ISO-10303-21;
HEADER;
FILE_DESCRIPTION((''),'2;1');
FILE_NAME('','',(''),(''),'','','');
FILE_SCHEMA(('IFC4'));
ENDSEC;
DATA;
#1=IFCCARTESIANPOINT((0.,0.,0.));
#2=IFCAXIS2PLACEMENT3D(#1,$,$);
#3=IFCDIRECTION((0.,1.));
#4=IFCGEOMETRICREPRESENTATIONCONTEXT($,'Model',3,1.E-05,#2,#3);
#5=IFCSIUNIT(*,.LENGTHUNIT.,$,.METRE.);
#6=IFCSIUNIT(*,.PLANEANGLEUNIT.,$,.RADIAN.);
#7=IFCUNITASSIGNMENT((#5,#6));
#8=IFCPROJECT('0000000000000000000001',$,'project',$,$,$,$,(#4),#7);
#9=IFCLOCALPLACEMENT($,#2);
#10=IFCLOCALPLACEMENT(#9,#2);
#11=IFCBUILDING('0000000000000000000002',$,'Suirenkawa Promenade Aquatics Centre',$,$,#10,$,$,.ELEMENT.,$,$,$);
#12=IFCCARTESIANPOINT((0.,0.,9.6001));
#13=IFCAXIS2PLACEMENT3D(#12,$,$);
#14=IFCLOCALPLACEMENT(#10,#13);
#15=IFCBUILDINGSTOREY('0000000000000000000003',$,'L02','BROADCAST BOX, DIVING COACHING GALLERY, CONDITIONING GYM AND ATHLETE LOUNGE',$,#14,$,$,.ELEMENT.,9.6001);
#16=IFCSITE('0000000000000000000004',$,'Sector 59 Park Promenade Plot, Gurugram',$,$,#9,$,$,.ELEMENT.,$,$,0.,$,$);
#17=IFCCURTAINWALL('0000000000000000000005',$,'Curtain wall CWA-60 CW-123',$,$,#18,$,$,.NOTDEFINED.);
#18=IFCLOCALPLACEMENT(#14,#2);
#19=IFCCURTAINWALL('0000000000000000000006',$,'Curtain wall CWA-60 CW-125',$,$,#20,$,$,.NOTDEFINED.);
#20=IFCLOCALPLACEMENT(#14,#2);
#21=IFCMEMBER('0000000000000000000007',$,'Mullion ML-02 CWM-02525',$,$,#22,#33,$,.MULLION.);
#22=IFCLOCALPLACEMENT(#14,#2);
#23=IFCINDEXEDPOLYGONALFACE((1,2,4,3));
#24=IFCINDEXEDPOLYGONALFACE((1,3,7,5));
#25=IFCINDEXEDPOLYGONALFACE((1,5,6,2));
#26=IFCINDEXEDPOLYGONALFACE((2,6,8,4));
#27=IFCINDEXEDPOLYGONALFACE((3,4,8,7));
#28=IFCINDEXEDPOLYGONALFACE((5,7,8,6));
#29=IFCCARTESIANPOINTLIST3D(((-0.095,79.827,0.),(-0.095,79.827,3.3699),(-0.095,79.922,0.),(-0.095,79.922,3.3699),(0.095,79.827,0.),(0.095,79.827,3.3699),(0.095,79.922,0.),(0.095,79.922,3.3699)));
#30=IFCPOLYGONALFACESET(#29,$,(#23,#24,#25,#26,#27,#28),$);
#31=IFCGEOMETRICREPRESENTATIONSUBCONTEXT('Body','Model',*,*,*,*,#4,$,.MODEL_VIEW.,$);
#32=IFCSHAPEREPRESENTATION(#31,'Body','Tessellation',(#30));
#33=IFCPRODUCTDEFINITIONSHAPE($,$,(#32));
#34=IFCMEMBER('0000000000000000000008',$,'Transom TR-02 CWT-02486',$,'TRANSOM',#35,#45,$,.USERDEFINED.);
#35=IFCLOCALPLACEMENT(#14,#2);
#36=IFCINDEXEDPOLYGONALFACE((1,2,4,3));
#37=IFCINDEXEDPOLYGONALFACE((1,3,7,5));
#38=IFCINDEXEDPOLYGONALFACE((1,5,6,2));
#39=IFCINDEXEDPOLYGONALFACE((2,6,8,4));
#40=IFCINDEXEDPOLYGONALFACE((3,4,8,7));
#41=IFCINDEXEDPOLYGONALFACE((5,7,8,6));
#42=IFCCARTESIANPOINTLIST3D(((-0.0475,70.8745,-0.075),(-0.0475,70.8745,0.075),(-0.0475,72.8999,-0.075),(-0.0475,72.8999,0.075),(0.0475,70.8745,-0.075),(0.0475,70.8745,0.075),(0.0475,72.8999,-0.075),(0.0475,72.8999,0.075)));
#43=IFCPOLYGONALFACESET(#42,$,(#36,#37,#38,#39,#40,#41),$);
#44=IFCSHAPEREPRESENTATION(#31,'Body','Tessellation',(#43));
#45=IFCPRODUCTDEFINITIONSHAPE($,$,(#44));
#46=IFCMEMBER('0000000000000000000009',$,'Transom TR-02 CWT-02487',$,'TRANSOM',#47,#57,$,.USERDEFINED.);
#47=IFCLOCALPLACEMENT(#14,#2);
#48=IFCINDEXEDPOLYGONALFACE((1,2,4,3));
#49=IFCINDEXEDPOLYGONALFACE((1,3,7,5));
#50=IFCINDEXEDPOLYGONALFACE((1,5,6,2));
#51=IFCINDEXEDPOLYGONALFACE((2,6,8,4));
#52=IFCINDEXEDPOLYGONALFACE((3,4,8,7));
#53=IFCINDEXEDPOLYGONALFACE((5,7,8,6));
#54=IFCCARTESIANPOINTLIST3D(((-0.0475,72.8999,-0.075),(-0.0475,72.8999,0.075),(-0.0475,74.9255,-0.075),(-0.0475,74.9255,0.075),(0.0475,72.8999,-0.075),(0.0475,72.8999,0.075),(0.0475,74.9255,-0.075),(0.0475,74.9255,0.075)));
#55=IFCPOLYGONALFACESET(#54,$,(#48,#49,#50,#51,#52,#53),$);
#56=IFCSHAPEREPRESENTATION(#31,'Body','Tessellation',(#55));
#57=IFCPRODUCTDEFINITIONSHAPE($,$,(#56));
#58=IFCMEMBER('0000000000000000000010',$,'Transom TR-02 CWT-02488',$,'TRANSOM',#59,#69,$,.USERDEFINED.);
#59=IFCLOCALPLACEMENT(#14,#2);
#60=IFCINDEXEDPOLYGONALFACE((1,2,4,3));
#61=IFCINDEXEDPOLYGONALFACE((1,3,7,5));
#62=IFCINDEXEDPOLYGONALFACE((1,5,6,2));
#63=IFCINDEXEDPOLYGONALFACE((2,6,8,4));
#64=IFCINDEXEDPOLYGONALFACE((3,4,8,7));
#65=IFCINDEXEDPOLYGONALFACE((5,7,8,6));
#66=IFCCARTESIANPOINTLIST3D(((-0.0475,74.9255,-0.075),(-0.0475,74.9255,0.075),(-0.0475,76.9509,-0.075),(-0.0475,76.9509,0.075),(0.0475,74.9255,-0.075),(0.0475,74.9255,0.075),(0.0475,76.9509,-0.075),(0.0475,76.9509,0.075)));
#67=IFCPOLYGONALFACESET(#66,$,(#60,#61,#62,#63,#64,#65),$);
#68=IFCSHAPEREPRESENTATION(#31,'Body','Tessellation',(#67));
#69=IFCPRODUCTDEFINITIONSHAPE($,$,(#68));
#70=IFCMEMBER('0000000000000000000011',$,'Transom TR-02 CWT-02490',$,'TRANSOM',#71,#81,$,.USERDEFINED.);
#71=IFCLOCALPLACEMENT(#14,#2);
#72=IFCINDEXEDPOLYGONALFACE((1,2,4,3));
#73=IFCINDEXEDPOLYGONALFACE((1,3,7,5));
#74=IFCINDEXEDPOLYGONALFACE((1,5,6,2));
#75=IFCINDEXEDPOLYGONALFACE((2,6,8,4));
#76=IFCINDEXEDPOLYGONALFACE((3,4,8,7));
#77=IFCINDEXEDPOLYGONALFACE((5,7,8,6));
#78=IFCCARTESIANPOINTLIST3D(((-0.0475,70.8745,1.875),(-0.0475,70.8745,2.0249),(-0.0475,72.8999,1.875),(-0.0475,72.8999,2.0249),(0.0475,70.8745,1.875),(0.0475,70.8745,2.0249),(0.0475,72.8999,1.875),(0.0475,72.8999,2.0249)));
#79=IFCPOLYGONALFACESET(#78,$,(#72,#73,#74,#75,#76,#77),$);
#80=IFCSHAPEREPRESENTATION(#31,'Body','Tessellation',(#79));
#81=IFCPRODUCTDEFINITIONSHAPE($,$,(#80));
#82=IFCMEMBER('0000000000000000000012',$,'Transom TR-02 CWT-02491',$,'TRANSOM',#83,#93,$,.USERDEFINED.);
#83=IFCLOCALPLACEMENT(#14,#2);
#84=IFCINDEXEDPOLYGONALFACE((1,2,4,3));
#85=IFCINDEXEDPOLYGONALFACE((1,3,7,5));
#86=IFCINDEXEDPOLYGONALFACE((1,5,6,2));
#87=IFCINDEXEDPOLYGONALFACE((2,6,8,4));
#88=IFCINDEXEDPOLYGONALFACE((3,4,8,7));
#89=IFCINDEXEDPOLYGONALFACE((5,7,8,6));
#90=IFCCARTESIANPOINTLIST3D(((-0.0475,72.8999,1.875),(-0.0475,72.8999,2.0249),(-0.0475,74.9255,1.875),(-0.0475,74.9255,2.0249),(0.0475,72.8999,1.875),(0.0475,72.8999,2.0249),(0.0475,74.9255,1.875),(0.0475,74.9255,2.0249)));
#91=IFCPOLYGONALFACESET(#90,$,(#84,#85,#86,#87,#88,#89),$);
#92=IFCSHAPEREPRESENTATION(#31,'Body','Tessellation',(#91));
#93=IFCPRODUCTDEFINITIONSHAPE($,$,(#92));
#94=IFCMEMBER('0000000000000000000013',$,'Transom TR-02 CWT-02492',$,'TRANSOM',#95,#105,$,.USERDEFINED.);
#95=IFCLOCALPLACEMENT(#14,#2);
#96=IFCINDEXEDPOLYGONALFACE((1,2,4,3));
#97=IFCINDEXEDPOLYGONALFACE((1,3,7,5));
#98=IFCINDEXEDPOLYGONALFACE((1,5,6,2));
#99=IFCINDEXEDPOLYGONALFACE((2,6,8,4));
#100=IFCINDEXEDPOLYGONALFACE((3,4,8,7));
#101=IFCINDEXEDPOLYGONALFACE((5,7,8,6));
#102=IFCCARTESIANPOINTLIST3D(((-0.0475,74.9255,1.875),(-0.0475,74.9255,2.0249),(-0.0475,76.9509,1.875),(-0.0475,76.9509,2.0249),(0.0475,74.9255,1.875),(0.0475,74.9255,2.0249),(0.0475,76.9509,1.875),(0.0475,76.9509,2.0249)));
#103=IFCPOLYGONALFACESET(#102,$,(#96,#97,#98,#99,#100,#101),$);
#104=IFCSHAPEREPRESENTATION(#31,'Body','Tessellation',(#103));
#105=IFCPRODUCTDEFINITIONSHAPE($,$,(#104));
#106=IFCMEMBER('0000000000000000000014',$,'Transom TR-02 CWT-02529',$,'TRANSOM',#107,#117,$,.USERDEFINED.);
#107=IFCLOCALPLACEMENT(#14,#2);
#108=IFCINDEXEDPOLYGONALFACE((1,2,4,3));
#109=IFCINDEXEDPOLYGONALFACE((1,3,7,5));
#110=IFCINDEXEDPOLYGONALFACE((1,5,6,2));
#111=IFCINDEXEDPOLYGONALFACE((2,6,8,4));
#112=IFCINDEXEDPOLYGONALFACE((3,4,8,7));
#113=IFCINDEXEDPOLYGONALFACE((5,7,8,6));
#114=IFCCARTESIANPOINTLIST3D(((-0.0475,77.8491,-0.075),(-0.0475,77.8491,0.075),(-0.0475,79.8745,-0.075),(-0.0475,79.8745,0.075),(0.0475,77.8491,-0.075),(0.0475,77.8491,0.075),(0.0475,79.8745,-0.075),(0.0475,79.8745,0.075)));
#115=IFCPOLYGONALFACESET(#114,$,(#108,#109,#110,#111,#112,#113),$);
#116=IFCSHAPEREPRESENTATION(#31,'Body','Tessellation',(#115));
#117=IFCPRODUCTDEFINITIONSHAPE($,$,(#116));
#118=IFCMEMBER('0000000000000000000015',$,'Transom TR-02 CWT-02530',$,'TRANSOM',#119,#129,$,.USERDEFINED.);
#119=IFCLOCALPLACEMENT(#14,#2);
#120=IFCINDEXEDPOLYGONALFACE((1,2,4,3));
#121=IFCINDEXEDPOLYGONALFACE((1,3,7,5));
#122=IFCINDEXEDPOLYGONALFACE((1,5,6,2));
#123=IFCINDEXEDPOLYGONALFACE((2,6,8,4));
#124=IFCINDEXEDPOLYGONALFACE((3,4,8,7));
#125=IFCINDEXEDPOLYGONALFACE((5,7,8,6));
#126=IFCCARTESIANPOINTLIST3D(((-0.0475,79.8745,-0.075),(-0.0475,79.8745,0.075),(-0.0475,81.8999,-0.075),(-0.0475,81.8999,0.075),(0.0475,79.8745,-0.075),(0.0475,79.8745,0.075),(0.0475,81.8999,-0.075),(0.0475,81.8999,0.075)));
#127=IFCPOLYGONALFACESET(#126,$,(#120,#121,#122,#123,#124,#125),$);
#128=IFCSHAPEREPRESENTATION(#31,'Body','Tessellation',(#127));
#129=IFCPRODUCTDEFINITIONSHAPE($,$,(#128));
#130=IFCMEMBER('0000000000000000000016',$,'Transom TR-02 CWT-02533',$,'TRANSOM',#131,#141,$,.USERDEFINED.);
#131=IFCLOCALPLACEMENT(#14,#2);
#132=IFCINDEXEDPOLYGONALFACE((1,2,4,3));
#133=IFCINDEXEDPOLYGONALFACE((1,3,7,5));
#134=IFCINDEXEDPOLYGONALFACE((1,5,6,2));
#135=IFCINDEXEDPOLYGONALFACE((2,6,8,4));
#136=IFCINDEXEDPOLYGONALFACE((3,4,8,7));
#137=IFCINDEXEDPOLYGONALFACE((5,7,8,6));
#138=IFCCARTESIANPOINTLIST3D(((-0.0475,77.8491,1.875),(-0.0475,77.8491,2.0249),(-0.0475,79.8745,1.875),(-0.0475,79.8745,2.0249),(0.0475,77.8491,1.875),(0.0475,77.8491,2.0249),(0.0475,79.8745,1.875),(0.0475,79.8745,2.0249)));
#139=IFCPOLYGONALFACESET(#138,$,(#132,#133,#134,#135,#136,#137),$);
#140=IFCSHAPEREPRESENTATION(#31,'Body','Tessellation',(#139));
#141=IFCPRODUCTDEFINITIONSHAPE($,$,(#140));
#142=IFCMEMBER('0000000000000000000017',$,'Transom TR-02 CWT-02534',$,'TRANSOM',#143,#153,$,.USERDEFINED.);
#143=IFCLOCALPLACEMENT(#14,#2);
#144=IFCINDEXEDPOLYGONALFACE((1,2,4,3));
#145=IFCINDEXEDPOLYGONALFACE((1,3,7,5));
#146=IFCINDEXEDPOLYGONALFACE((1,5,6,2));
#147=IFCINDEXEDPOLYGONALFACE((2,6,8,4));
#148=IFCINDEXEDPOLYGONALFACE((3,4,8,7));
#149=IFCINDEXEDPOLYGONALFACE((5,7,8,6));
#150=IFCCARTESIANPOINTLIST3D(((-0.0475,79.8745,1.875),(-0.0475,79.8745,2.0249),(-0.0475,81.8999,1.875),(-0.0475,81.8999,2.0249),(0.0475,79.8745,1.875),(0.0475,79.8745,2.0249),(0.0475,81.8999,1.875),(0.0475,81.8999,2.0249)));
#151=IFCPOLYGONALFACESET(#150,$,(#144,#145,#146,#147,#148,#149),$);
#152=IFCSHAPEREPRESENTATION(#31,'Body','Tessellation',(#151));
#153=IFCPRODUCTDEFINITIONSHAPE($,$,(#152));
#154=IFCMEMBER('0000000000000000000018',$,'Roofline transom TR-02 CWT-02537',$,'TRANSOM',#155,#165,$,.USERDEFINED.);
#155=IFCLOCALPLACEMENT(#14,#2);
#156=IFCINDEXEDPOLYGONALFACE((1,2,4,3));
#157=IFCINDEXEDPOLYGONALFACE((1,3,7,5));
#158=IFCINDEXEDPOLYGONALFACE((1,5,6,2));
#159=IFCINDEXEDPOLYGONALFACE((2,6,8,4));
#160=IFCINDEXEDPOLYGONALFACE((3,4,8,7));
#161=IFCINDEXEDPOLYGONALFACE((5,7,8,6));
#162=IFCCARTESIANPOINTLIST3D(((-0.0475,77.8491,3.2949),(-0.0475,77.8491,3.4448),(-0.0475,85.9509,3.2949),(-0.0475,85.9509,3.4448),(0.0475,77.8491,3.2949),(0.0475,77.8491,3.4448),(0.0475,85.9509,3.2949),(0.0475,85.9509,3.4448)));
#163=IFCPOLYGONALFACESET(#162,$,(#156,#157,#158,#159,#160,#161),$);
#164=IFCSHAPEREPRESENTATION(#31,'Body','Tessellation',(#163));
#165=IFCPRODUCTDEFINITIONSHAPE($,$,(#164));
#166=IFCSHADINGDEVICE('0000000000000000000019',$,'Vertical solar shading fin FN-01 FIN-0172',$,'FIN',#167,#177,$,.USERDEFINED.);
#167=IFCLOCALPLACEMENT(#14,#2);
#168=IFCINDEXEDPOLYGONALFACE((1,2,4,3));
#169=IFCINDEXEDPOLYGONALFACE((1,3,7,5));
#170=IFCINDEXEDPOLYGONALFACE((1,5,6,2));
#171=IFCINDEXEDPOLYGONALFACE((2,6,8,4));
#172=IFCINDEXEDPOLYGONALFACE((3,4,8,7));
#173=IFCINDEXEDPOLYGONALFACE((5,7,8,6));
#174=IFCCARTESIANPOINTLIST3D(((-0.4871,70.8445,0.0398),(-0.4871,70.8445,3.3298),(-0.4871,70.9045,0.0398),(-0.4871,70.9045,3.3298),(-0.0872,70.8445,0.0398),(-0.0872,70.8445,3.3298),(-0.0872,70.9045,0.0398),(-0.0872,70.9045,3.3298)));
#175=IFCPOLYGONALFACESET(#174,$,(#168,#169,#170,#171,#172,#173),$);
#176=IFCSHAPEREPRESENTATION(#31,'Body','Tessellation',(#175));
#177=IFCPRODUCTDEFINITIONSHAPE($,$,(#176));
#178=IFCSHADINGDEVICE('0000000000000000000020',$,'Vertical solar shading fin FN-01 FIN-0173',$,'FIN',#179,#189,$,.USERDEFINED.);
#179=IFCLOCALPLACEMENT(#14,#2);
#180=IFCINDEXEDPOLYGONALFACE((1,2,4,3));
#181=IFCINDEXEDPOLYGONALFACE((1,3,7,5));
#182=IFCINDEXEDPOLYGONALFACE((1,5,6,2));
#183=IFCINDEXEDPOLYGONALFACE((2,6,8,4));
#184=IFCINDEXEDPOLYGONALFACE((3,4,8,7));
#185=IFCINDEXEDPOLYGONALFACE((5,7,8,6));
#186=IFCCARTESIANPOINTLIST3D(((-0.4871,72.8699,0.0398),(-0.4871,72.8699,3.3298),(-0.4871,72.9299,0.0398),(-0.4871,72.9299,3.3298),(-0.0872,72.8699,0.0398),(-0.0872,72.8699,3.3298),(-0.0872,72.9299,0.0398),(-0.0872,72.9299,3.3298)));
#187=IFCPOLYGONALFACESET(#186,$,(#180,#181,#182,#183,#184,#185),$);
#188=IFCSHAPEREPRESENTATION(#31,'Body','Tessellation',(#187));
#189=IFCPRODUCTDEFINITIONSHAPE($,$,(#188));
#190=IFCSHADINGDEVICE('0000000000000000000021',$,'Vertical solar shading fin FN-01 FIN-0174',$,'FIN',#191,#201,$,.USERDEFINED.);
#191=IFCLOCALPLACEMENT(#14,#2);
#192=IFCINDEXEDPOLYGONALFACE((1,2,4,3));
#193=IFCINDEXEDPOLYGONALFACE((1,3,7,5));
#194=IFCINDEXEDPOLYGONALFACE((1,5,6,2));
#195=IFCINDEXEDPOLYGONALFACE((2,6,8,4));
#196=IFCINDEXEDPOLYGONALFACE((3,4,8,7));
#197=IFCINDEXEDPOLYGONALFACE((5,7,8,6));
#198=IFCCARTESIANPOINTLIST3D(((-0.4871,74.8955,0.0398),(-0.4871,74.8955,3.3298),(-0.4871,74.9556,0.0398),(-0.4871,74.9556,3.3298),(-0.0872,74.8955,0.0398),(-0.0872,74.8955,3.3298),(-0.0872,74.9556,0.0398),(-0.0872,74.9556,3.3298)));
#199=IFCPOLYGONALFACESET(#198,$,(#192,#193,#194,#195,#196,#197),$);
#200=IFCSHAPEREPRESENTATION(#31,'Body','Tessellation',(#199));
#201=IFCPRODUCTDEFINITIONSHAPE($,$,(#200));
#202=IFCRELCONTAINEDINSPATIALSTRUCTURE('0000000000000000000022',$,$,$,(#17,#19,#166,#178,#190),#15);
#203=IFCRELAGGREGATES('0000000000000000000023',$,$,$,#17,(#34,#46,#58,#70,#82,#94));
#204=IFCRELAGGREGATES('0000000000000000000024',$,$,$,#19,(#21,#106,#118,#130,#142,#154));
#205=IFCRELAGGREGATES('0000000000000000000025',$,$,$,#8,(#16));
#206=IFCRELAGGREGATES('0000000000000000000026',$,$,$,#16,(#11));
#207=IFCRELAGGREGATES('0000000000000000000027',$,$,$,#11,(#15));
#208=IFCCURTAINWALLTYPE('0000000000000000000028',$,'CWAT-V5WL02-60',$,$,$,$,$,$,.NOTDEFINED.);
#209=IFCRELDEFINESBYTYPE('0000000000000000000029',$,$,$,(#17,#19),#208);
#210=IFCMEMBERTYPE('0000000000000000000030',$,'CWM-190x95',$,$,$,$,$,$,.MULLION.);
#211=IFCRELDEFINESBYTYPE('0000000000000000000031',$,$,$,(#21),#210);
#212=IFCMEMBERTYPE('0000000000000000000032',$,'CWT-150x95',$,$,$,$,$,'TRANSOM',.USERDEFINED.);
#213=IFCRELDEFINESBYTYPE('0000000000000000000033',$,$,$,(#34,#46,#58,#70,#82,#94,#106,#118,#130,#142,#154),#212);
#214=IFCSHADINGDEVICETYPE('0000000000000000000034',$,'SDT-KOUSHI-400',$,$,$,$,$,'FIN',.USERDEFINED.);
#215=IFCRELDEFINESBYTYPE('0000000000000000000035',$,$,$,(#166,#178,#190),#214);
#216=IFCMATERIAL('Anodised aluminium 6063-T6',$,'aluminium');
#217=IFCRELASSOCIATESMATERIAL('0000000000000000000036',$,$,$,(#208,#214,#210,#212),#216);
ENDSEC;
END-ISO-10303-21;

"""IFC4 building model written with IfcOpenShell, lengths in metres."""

from ifc_helpers import new_model, si_unit, direction, frame, origin, origin_2d, place, context, subcontext, project, spatial, rectangle, extrude, material, material_profile, profile_set, type_object, element, aggregate, save


model = new_model("IFC4")

# Units and contexts
model_context = context("Model", 3, precision=1e-05, world=origin(), true_north=direction((0.0, 1.0)))
body_context = subcontext(model_context, "Body", "Model", "MODEL_VIEW")
ifc_project = project(units=[si_unit("LENGTHUNIT", "METRE"), si_unit("PLANEANGLEUNIT", "RADIAN")], contexts=[model_context])

# Site, building, storey
site_placement = place(None, origin())
site = spatial("IfcSite", under=ifc_project, at=site_placement, Name="Sector 59 Park Promenade Plot, Gurugram", CompositionType="ELEMENT", RefElevation=0.0)
building_placement = place(site_placement, origin())
building = spatial("IfcBuilding", under=site, at=building_placement, Name="Suirenkawa Promenade Aquatics Centre", CompositionType="ELEMENT")
storey_placement = place(building_placement, frame((0.0, 0.0, 9.6001)))
storey = spatial("IfcBuildingStorey", under=building, at=storey_placement, Name="L02", Description="BROADCAST BOX, DIVING COACHING GALLERY, CONDITIONING GYM AND ATHLETE LOUNGE", CompositionType="ELEMENT", Elevation=9.6001)

# Curtain walls, member
ifc_material_1 = material(Name="Anodised aluminium 6063-T6", Category="aluminium")
curtain_wall_type = type_object("IfcCurtainWallType", Name="CWAT-V5WL02-60", PredefinedType="NOTDEFINED", material=ifc_material_1)
curtain_wall_1_placement = place(storey_placement, origin())
curtain_wall_1 = element("IfcCurtainWall", 1, at=curtain_wall_1_placement, inside=storey, type_object=curtain_wall_type, Name="Curtain wall CWA-60 CW-123", PredefinedType="NOTDEFINED")
ifc_material_profile_1 = material_profile(ifc_material_1, rectangle(XDim=0.095, YDim=0.1899, at=origin_2d()), Name="ALU MULL 95x190", Category="aluminium")
ifc_profile_set_1 = profile_set([ifc_material_profile_1], Name="Anodised aluminium 6063-T6")
member_type_1 = type_object("IfcMemberType", Name="CWM-190x95", PredefinedType="MULLION", material=ifc_profile_set_1)
curtain_wall_2_placement = place(storey_placement, origin())
curtain_wall_2 = element("IfcCurtainWall", 2, at=curtain_wall_2_placement, inside=storey, type_object=curtain_wall_type, Name="Curtain wall CWA-60 CW-125", PredefinedType="NOTDEFINED")
member_1_placement = place(storey_placement, frame((0.0, 79.8745, 0.0), z_axis=(0.0, 0.0, 1.0), x_axis=(0.0, 1.0, 0.0)))
member_1 = element("IfcMember", 3, at=member_1_placement, type_object=member_type_1, Name="Mullion ML-02 CWM-02525", PredefinedType="MULLION", context=body_context, shape_type="SweptSolid", body=[
    extrude(rectangle(XDim=0.095, YDim=0.1899, at=origin_2d()), origin(), (0.0, 0.0, 1.0), 3.3699),
])

# Members
ifc_material_profile_2 = material_profile(ifc_material_1, rectangle(XDim=0.095, YDim=0.1499, at=origin_2d()), Name="ALU TRAN 95x150", Category="aluminium")
ifc_profile_set_2 = profile_set([ifc_material_profile_2], Name="Anodised aluminium 6063-T6")
member_type_2 = type_object("IfcMemberType", Name="CWT-150x95", ElementType="TRANSOM", PredefinedType="USERDEFINED", material=ifc_profile_set_2)
member_2_placement = place(storey_placement, frame((0.0, 70.8745, 0.0), z_axis=(0.0, 1.0, 0.0), x_axis=(-1.0, 0.0, 0.0)))
member_2 = element("IfcMember", 4, at=member_2_placement, type_object=member_type_2, Name="Transom TR-02 CWT-02486", ObjectType="TRANSOM", PredefinedType="USERDEFINED", context=body_context, shape_type="SweptSolid", body=[
    extrude(rectangle(XDim=0.095, YDim=0.1499, at=origin_2d()), origin(), (0.0, 0.0, 1.0), 2.0254),
])
member_3_placement = place(storey_placement, frame((0.0, 72.8999, 0.0), z_axis=(0.0, 1.0, 0.0), x_axis=(-1.0, 0.0, 0.0)))
member_3 = element("IfcMember", 5, at=member_3_placement, type_object=member_type_2, Name="Transom TR-02 CWT-02487", ObjectType="TRANSOM", PredefinedType="USERDEFINED", context=body_context, shape_type="SweptSolid", body=[
    extrude(rectangle(XDim=0.095, YDim=0.1499, at=origin_2d()), origin(), (0.0, 0.0, 1.0), 2.0256),
])
member_4_placement = place(storey_placement, frame((0.0, 74.9255, 0.0), z_axis=(0.0, 1.0, 0.0), x_axis=(-1.0, 0.0, 0.0)))
member_4 = element("IfcMember", 6, at=member_4_placement, type_object=member_type_2, Name="Transom TR-02 CWT-02488", ObjectType="TRANSOM", PredefinedType="USERDEFINED", context=body_context, shape_type="SweptSolid", body=[
    extrude(rectangle(XDim=0.095, YDim=0.1499, at=origin_2d()), origin(), (0.0, 0.0, 1.0), 2.0254),
])
member_5_placement = place(storey_placement, frame((0.0, 70.8745, 1.95), z_axis=(0.0, 1.0, 0.0), x_axis=(-1.0, 0.0, 0.0)))
member_5 = element("IfcMember", 7, at=member_5_placement, type_object=member_type_2, Name="Transom TR-02 CWT-02490", ObjectType="TRANSOM", PredefinedType="USERDEFINED", context=body_context, shape_type="SweptSolid", body=[
    extrude(rectangle(XDim=0.095, YDim=0.1499, at=origin_2d()), origin(), (0.0, 0.0, 1.0), 2.0254),
])
member_6_placement = place(storey_placement, frame((0.0, 72.8999, 1.95), z_axis=(0.0, 1.0, 0.0), x_axis=(-1.0, 0.0, 0.0)))
member_6 = element("IfcMember", 8, at=member_6_placement, type_object=member_type_2, Name="Transom TR-02 CWT-02491", ObjectType="TRANSOM", PredefinedType="USERDEFINED", context=body_context, shape_type="SweptSolid", body=[
    extrude(rectangle(XDim=0.095, YDim=0.1499, at=origin_2d()), origin(), (0.0, 0.0, 1.0), 2.0256),
])
member_7_placement = place(storey_placement, frame((0.0, 74.9255, 1.95), z_axis=(0.0, 1.0, 0.0), x_axis=(-1.0, 0.0, 0.0)))
member_7 = element("IfcMember", 9, at=member_7_placement, type_object=member_type_2, Name="Transom TR-02 CWT-02492", ObjectType="TRANSOM", PredefinedType="USERDEFINED", context=body_context, shape_type="SweptSolid", body=[
    extrude(rectangle(XDim=0.095, YDim=0.1499, at=origin_2d()), origin(), (0.0, 0.0, 1.0), 2.0254),
])
member_8_placement = place(storey_placement, frame((0.0, 77.8491, 0.0), z_axis=(0.0, 1.0, 0.0), x_axis=(-1.0, 0.0, 0.0)))
member_8 = element("IfcMember", 10, at=member_8_placement, type_object=member_type_2, Name="Transom TR-02 CWT-02529", ObjectType="TRANSOM", PredefinedType="USERDEFINED", context=body_context, shape_type="SweptSolid", body=[
    extrude(rectangle(XDim=0.095, YDim=0.1499, at=origin_2d()), origin(), (0.0, 0.0, 1.0), 2.0254),
])
member_9_placement = place(storey_placement, frame((0.0, 79.8745, 0.0), z_axis=(0.0, 1.0, 0.0), x_axis=(-1.0, 0.0, 0.0)))
member_9 = element("IfcMember", 11, at=member_9_placement, type_object=member_type_2, Name="Transom TR-02 CWT-02530", ObjectType="TRANSOM", PredefinedType="USERDEFINED", context=body_context, shape_type="SweptSolid", body=[
    extrude(rectangle(XDim=0.095, YDim=0.1499, at=origin_2d()), origin(), (0.0, 0.0, 1.0), 2.0254),
])
member_10_placement = place(storey_placement, frame((0.0, 77.8491, 1.95), z_axis=(0.0, 1.0, 0.0), x_axis=(-1.0, 0.0, 0.0)))
member_10 = element("IfcMember", 12, at=member_10_placement, type_object=member_type_2, Name="Transom TR-02 CWT-02533", ObjectType="TRANSOM", PredefinedType="USERDEFINED", context=body_context, shape_type="SweptSolid", body=[
    extrude(rectangle(XDim=0.095, YDim=0.1499, at=origin_2d()), origin(), (0.0, 0.0, 1.0), 2.0254),
])
member_11_placement = place(storey_placement, frame((0.0, 79.8745, 1.95), z_axis=(0.0, 1.0, 0.0), x_axis=(-1.0, 0.0, 0.0)))
member_11 = element("IfcMember", 13, at=member_11_placement, type_object=member_type_2, Name="Transom TR-02 CWT-02534", ObjectType="TRANSOM", PredefinedType="USERDEFINED", context=body_context, shape_type="SweptSolid", body=[
    extrude(rectangle(XDim=0.095, YDim=0.1499, at=origin_2d()), origin(), (0.0, 0.0, 1.0), 2.0254),
])
member_12_placement = place(storey_placement, frame((0.0, 77.8491, 3.3699), z_axis=(0.0, 1.0, 0.0), x_axis=(-1.0, 0.0, 0.0)))
member_12 = element("IfcMember", 14, at=member_12_placement, type_object=member_type_2, Name="Roofline transom TR-02 CWT-02537", ObjectType="TRANSOM", PredefinedType="USERDEFINED", context=body_context, shape_type="SweptSolid", body=[
    extrude(rectangle(XDim=0.095, YDim=0.1499, at=origin_2d()), origin(), (0.0, 0.0, 1.0), 8.1018),
])

aggregate(curtain_wall_1, [member_2, member_3, member_4, member_5, member_6, member_7])
aggregate(curtain_wall_2, [member_1, member_8, member_9, member_10, member_11, member_12])

# Shading devices
shading_device_type = type_object("IfcShadingDeviceType", Name="SDT-KOUSHI-400", ElementType="FIN", PredefinedType="USERDEFINED", material=ifc_material_1)
for number, where, z_axis, x_axis, name in (
    (15, (-0.2871, 70.8745, 0.0398), (0.0, 0.0, 1.0), (-1.0, 0.0, 0.0), "Vertical solar shading fin FN-01 FIN-0172"),
    (16, (-0.2871, 72.8999, 0.0398), (0.0, 0.0, 1.0), (-1.0, 0.0, 0.0), "Vertical solar shading fin FN-01 FIN-0173"),
    (17, (-0.2871, 74.9255, 0.0398), (0.0, 0.0, 1.0), (-1.0, 0.0, 0.0), "Vertical solar shading fin FN-01 FIN-0174"),
):
    element("IfcShadingDevice", number, at=place(storey_placement, frame(where, z_axis=z_axis, x_axis=x_axis)), inside=storey, type_object=shading_device_type, Name=name, ObjectType="FIN", PredefinedType="USERDEFINED", context=body_context, shape_type="SweptSolid", body=[
        extrude(rectangle(XDim=0.3999, YDim=0.0601, at=origin_2d()), origin(), (0.0, 0.0, 1.0), 3.29),
    ])

save(model, "model.ifc")
